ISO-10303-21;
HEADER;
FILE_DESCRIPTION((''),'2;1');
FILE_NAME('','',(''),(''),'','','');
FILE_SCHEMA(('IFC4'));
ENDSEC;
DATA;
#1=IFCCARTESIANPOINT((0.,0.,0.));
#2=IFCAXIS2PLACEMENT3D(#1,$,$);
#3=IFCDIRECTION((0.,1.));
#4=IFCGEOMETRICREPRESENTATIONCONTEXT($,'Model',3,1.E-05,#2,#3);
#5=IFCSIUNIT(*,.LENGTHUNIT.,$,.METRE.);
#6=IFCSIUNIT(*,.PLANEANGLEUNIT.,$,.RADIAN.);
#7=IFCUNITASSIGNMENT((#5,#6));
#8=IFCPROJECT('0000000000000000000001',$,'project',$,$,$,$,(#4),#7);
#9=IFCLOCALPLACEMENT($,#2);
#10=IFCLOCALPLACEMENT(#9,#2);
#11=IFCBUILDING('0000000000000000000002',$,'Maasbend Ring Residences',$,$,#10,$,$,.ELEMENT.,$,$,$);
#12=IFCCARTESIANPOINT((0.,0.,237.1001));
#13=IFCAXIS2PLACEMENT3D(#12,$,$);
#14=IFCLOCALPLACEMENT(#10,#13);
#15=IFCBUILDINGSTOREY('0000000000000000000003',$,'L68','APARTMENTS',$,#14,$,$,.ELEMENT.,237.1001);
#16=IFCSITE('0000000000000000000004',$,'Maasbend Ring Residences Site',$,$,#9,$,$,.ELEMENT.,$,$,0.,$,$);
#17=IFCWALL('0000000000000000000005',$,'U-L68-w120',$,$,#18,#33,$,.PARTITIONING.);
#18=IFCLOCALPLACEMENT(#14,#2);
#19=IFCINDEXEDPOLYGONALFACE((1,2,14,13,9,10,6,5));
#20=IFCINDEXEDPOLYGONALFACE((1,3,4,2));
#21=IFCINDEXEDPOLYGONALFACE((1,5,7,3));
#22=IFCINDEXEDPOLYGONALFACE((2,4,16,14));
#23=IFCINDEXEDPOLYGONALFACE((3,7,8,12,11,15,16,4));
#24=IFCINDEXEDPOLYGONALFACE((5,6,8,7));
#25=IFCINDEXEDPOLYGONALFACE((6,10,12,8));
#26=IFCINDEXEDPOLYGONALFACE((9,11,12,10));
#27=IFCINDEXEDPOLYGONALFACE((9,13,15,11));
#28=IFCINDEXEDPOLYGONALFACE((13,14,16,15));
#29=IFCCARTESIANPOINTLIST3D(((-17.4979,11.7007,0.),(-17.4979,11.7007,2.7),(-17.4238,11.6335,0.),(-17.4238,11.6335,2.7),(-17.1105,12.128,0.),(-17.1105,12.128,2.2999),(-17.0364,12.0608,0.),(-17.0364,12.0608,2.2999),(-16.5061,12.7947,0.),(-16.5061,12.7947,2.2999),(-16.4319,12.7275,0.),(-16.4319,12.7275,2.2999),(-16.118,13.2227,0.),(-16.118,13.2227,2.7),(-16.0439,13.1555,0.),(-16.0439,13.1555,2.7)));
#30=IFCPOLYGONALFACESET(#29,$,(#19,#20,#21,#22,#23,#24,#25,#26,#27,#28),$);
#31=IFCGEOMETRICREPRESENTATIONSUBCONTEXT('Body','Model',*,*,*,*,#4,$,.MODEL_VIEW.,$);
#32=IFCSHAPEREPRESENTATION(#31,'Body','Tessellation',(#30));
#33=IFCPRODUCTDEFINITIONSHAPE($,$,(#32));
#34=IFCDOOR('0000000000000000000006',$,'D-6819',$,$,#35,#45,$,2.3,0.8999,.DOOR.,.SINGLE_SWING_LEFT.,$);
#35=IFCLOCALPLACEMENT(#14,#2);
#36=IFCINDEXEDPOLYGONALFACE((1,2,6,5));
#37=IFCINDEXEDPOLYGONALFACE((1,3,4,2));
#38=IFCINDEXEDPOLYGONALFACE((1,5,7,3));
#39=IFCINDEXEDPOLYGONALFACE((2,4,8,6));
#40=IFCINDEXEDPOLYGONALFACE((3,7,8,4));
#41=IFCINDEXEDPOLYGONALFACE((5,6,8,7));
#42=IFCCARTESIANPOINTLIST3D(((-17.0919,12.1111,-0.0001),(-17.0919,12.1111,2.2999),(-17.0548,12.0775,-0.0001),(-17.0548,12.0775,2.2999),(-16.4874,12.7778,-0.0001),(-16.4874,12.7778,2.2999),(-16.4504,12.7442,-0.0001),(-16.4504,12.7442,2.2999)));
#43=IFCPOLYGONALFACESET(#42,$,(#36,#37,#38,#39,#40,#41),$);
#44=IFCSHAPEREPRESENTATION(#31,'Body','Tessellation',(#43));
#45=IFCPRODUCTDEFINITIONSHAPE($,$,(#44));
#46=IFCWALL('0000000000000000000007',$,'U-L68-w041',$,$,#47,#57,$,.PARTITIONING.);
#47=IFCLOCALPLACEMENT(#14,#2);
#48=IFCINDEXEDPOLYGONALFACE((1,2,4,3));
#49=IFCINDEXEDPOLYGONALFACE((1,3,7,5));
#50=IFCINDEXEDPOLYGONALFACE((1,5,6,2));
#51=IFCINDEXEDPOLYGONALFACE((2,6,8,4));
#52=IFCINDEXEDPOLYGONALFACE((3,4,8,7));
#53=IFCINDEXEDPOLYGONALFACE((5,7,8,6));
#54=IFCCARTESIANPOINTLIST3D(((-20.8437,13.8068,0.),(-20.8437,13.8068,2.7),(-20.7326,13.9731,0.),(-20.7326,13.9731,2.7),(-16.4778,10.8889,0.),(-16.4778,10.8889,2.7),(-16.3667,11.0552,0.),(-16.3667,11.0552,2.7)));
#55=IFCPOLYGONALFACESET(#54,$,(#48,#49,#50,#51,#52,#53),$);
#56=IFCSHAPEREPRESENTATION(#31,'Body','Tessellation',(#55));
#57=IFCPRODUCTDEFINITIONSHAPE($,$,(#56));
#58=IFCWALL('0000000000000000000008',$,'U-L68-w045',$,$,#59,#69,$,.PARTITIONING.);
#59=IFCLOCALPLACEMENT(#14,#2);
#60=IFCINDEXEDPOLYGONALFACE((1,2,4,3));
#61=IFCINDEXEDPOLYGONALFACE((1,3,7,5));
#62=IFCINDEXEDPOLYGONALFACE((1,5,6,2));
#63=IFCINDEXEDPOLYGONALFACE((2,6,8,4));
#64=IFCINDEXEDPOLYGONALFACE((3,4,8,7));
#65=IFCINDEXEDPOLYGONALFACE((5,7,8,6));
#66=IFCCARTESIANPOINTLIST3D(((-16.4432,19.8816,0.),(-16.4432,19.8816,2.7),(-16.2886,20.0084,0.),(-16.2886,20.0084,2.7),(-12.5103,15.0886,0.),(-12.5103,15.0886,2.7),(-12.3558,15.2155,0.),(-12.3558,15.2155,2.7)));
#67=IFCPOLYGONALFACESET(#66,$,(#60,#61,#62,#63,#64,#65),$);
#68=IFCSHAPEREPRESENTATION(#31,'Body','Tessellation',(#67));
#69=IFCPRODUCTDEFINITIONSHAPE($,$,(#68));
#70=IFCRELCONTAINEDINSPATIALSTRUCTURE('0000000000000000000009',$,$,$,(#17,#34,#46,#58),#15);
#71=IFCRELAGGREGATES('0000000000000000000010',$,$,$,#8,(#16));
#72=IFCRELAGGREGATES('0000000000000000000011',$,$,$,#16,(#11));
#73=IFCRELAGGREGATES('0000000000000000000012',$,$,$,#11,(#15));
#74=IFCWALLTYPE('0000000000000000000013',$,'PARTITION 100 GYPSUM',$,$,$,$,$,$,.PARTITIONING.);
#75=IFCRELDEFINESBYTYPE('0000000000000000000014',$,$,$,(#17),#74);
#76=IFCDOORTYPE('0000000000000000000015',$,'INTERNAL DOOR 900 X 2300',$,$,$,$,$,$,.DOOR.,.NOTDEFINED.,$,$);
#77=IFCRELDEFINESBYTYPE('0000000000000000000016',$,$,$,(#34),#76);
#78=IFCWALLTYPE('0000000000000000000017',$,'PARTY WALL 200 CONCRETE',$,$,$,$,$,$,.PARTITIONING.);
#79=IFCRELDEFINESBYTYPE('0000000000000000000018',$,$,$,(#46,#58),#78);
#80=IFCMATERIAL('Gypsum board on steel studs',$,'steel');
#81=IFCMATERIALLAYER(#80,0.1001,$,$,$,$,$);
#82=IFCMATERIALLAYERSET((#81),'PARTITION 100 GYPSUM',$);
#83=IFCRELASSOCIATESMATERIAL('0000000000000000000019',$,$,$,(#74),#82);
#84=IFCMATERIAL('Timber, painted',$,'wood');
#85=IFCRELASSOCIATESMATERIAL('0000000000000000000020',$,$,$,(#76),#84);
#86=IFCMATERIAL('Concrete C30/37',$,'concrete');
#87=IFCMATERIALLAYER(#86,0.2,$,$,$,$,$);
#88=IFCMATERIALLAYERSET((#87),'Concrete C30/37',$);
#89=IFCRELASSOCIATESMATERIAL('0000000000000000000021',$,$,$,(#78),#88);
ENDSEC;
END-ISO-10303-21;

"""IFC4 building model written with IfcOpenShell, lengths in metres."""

from ifc_helpers import new_model, si_unit, direction, frame, frame_2d, origin, place, context, subcontext, project, spatial, rectangle, extrude, material, layer, layer_set, type_object, element, fill, save


model = new_model("IFC4")

# Units and contexts
model_context = context("Model", 3, precision=1e-05, world=origin(), true_north=direction((0.0, 1.0)))
body_context = subcontext(model_context, "Body", "Model", "MODEL_VIEW")
ifc_project = project(units=[si_unit("LENGTHUNIT", "METRE"), si_unit("PLANEANGLEUNIT", "RADIAN")], contexts=[model_context])

# Site, building, storey
site_placement = place(None, origin())
site = spatial("IfcSite", under=ifc_project, at=site_placement, Name="Maasbend Ring Residences Site", CompositionType="ELEMENT", RefElevation=0.0)
building_placement = place(site_placement, origin())
building = spatial("IfcBuilding", under=site, at=building_placement, Name="Maasbend Ring Residences", CompositionType="ELEMENT")
storey_placement = place(building_placement, frame((0.0, 0.0, 237.1001)))
storey = spatial("IfcBuildingStorey", under=building, at=storey_placement, Name="L68", Description="APARTMENTS", CompositionType="ELEMENT", Elevation=237.1001)

# Wall, opening, door
ifc_material_1 = material(Name="Gypsum board on steel studs", Category="steel")
ifc_layer_1 = layer(ifc_material_1, 0.1001)
ifc_layer_set_1 = layer_set([ifc_layer_1], Name="PARTITION 100 GYPSUM")
wall_type_1 = type_object("IfcWallType", Name="PARTITION 100 GYPSUM", PredefinedType="PARTITIONING", material=ifc_layer_set_1)
ifc_material_2 = material(Name="Timber, painted", Category="wood")
door_type_1 = type_object("IfcDoorType", Name="INTERNAL DOOR 900 X 2300", OperationType="NOTDEFINED", PredefinedType="DOOR", material=ifc_material_2)
wall_1_placement = place(storey_placement, frame((-17.4609, 11.667, 0.0), z_axis=(0.0, 0.0, 1.0), x_axis=(0.671678, 0.740843, 0.0)))
wall_1 = element("IfcWall", 1, at=wall_1_placement, inside=storey, type_object=wall_type_1, Name="U-L68-w120", PredefinedType="PARTITIONING", context=body_context, shape_type="SweptSolid", body=[
    extrude(rectangle(XDim=2.0544, YDim=0.1001, at=frame_2d((1.0273, 0.0))), origin(), (0.0, 0.0, 1.0), 2.7),
])
opening_1_placement = place(wall_1_placement, frame((0.5769, 0.0, 0.0)))
opening_1 = element("IfcOpeningElement", 2, at=opening_1_placement, cuts=wall_1, PredefinedType="OPENING", context=body_context, shape_type="SweptSolid", body=[
    extrude(rectangle(XDim=0.8999, YDim=2.3, at=frame_2d((0.45, 1.1499))), frame((0.0, 0.0601, 0.0), z_axis=(0.0, -1.0, 0.0), x_axis=(1.0, 0.0, 0.0)), (0.0, 0.0, 1.0), 0.1201),
])
door_1_placement = place(opening_1_placement, origin())
door_1 = element("IfcDoor", 3, at=door_1_placement, inside=storey, type_object=door_type_1, Name="D-6819", OperationType="SINGLE_SWING_LEFT", OverallHeight=2.3, OverallWidth=0.8999, PredefinedType="DOOR", context=body_context, shape_type="SweptSolid", body=[
    extrude(rectangle(XDim=0.8999, YDim=2.3, at=frame_2d((0.45, 1.1499))), frame((0.0, 0.0249, 0.0), z_axis=(0.0, -1.0, 0.0), x_axis=(1.0, 0.0, 0.0)), (0.0, 0.0, 1.0), 0.05),
])
fill(opening_1, door_1)

# Walls
ifc_material_3 = material(Name="Concrete C30/37", Category="concrete")
ifc_layer_2 = layer(ifc_material_3, 0.2)
ifc_layer_set_2 = layer_set([ifc_layer_2], Name="Concrete C30/37")
wall_type_2 = type_object("IfcWallType", Name="PARTY WALL 200 CONCRETE", PredefinedType="PARTITIONING", material=ifc_layer_set_2)
wall_2_placement = place(storey_placement, frame((-20.7881, 13.8899, 0.0), z_axis=(0.0, 0.0, 1.0), x_axis=(0.831406, -0.555665, 0.0)))
element("IfcWall", 4, at=wall_2_placement, inside=storey, type_object=wall_type_2, Name="U-L68-w041", PredefinedType="PARTITIONING", context=body_context, shape_type="SweptSolid", body=[
    extrude(rectangle(XDim=5.2512, YDim=0.2, at=frame_2d((2.6255, 0.0))), origin(), (0.0, 0.0, 1.0), 2.7),
])
wall_3_placement = place(storey_placement, frame((-16.366, 19.9451, 0.0), z_axis=(0.0, 0.0, 1.0), x_axis=(0.634333, -0.77306, 0.0)))
element("IfcWall", 5, at=wall_3_placement, inside=storey, type_object=wall_type_2, Name="U-L68-w045", PredefinedType="PARTITIONING", context=body_context, shape_type="SweptSolid", body=[
    extrude(rectangle(XDim=6.2, YDim=0.2, at=frame_2d((3.1001, 0.0))), origin(), (0.0, 0.0, 1.0), 2.7),
])

save(model, "model.ifc")
